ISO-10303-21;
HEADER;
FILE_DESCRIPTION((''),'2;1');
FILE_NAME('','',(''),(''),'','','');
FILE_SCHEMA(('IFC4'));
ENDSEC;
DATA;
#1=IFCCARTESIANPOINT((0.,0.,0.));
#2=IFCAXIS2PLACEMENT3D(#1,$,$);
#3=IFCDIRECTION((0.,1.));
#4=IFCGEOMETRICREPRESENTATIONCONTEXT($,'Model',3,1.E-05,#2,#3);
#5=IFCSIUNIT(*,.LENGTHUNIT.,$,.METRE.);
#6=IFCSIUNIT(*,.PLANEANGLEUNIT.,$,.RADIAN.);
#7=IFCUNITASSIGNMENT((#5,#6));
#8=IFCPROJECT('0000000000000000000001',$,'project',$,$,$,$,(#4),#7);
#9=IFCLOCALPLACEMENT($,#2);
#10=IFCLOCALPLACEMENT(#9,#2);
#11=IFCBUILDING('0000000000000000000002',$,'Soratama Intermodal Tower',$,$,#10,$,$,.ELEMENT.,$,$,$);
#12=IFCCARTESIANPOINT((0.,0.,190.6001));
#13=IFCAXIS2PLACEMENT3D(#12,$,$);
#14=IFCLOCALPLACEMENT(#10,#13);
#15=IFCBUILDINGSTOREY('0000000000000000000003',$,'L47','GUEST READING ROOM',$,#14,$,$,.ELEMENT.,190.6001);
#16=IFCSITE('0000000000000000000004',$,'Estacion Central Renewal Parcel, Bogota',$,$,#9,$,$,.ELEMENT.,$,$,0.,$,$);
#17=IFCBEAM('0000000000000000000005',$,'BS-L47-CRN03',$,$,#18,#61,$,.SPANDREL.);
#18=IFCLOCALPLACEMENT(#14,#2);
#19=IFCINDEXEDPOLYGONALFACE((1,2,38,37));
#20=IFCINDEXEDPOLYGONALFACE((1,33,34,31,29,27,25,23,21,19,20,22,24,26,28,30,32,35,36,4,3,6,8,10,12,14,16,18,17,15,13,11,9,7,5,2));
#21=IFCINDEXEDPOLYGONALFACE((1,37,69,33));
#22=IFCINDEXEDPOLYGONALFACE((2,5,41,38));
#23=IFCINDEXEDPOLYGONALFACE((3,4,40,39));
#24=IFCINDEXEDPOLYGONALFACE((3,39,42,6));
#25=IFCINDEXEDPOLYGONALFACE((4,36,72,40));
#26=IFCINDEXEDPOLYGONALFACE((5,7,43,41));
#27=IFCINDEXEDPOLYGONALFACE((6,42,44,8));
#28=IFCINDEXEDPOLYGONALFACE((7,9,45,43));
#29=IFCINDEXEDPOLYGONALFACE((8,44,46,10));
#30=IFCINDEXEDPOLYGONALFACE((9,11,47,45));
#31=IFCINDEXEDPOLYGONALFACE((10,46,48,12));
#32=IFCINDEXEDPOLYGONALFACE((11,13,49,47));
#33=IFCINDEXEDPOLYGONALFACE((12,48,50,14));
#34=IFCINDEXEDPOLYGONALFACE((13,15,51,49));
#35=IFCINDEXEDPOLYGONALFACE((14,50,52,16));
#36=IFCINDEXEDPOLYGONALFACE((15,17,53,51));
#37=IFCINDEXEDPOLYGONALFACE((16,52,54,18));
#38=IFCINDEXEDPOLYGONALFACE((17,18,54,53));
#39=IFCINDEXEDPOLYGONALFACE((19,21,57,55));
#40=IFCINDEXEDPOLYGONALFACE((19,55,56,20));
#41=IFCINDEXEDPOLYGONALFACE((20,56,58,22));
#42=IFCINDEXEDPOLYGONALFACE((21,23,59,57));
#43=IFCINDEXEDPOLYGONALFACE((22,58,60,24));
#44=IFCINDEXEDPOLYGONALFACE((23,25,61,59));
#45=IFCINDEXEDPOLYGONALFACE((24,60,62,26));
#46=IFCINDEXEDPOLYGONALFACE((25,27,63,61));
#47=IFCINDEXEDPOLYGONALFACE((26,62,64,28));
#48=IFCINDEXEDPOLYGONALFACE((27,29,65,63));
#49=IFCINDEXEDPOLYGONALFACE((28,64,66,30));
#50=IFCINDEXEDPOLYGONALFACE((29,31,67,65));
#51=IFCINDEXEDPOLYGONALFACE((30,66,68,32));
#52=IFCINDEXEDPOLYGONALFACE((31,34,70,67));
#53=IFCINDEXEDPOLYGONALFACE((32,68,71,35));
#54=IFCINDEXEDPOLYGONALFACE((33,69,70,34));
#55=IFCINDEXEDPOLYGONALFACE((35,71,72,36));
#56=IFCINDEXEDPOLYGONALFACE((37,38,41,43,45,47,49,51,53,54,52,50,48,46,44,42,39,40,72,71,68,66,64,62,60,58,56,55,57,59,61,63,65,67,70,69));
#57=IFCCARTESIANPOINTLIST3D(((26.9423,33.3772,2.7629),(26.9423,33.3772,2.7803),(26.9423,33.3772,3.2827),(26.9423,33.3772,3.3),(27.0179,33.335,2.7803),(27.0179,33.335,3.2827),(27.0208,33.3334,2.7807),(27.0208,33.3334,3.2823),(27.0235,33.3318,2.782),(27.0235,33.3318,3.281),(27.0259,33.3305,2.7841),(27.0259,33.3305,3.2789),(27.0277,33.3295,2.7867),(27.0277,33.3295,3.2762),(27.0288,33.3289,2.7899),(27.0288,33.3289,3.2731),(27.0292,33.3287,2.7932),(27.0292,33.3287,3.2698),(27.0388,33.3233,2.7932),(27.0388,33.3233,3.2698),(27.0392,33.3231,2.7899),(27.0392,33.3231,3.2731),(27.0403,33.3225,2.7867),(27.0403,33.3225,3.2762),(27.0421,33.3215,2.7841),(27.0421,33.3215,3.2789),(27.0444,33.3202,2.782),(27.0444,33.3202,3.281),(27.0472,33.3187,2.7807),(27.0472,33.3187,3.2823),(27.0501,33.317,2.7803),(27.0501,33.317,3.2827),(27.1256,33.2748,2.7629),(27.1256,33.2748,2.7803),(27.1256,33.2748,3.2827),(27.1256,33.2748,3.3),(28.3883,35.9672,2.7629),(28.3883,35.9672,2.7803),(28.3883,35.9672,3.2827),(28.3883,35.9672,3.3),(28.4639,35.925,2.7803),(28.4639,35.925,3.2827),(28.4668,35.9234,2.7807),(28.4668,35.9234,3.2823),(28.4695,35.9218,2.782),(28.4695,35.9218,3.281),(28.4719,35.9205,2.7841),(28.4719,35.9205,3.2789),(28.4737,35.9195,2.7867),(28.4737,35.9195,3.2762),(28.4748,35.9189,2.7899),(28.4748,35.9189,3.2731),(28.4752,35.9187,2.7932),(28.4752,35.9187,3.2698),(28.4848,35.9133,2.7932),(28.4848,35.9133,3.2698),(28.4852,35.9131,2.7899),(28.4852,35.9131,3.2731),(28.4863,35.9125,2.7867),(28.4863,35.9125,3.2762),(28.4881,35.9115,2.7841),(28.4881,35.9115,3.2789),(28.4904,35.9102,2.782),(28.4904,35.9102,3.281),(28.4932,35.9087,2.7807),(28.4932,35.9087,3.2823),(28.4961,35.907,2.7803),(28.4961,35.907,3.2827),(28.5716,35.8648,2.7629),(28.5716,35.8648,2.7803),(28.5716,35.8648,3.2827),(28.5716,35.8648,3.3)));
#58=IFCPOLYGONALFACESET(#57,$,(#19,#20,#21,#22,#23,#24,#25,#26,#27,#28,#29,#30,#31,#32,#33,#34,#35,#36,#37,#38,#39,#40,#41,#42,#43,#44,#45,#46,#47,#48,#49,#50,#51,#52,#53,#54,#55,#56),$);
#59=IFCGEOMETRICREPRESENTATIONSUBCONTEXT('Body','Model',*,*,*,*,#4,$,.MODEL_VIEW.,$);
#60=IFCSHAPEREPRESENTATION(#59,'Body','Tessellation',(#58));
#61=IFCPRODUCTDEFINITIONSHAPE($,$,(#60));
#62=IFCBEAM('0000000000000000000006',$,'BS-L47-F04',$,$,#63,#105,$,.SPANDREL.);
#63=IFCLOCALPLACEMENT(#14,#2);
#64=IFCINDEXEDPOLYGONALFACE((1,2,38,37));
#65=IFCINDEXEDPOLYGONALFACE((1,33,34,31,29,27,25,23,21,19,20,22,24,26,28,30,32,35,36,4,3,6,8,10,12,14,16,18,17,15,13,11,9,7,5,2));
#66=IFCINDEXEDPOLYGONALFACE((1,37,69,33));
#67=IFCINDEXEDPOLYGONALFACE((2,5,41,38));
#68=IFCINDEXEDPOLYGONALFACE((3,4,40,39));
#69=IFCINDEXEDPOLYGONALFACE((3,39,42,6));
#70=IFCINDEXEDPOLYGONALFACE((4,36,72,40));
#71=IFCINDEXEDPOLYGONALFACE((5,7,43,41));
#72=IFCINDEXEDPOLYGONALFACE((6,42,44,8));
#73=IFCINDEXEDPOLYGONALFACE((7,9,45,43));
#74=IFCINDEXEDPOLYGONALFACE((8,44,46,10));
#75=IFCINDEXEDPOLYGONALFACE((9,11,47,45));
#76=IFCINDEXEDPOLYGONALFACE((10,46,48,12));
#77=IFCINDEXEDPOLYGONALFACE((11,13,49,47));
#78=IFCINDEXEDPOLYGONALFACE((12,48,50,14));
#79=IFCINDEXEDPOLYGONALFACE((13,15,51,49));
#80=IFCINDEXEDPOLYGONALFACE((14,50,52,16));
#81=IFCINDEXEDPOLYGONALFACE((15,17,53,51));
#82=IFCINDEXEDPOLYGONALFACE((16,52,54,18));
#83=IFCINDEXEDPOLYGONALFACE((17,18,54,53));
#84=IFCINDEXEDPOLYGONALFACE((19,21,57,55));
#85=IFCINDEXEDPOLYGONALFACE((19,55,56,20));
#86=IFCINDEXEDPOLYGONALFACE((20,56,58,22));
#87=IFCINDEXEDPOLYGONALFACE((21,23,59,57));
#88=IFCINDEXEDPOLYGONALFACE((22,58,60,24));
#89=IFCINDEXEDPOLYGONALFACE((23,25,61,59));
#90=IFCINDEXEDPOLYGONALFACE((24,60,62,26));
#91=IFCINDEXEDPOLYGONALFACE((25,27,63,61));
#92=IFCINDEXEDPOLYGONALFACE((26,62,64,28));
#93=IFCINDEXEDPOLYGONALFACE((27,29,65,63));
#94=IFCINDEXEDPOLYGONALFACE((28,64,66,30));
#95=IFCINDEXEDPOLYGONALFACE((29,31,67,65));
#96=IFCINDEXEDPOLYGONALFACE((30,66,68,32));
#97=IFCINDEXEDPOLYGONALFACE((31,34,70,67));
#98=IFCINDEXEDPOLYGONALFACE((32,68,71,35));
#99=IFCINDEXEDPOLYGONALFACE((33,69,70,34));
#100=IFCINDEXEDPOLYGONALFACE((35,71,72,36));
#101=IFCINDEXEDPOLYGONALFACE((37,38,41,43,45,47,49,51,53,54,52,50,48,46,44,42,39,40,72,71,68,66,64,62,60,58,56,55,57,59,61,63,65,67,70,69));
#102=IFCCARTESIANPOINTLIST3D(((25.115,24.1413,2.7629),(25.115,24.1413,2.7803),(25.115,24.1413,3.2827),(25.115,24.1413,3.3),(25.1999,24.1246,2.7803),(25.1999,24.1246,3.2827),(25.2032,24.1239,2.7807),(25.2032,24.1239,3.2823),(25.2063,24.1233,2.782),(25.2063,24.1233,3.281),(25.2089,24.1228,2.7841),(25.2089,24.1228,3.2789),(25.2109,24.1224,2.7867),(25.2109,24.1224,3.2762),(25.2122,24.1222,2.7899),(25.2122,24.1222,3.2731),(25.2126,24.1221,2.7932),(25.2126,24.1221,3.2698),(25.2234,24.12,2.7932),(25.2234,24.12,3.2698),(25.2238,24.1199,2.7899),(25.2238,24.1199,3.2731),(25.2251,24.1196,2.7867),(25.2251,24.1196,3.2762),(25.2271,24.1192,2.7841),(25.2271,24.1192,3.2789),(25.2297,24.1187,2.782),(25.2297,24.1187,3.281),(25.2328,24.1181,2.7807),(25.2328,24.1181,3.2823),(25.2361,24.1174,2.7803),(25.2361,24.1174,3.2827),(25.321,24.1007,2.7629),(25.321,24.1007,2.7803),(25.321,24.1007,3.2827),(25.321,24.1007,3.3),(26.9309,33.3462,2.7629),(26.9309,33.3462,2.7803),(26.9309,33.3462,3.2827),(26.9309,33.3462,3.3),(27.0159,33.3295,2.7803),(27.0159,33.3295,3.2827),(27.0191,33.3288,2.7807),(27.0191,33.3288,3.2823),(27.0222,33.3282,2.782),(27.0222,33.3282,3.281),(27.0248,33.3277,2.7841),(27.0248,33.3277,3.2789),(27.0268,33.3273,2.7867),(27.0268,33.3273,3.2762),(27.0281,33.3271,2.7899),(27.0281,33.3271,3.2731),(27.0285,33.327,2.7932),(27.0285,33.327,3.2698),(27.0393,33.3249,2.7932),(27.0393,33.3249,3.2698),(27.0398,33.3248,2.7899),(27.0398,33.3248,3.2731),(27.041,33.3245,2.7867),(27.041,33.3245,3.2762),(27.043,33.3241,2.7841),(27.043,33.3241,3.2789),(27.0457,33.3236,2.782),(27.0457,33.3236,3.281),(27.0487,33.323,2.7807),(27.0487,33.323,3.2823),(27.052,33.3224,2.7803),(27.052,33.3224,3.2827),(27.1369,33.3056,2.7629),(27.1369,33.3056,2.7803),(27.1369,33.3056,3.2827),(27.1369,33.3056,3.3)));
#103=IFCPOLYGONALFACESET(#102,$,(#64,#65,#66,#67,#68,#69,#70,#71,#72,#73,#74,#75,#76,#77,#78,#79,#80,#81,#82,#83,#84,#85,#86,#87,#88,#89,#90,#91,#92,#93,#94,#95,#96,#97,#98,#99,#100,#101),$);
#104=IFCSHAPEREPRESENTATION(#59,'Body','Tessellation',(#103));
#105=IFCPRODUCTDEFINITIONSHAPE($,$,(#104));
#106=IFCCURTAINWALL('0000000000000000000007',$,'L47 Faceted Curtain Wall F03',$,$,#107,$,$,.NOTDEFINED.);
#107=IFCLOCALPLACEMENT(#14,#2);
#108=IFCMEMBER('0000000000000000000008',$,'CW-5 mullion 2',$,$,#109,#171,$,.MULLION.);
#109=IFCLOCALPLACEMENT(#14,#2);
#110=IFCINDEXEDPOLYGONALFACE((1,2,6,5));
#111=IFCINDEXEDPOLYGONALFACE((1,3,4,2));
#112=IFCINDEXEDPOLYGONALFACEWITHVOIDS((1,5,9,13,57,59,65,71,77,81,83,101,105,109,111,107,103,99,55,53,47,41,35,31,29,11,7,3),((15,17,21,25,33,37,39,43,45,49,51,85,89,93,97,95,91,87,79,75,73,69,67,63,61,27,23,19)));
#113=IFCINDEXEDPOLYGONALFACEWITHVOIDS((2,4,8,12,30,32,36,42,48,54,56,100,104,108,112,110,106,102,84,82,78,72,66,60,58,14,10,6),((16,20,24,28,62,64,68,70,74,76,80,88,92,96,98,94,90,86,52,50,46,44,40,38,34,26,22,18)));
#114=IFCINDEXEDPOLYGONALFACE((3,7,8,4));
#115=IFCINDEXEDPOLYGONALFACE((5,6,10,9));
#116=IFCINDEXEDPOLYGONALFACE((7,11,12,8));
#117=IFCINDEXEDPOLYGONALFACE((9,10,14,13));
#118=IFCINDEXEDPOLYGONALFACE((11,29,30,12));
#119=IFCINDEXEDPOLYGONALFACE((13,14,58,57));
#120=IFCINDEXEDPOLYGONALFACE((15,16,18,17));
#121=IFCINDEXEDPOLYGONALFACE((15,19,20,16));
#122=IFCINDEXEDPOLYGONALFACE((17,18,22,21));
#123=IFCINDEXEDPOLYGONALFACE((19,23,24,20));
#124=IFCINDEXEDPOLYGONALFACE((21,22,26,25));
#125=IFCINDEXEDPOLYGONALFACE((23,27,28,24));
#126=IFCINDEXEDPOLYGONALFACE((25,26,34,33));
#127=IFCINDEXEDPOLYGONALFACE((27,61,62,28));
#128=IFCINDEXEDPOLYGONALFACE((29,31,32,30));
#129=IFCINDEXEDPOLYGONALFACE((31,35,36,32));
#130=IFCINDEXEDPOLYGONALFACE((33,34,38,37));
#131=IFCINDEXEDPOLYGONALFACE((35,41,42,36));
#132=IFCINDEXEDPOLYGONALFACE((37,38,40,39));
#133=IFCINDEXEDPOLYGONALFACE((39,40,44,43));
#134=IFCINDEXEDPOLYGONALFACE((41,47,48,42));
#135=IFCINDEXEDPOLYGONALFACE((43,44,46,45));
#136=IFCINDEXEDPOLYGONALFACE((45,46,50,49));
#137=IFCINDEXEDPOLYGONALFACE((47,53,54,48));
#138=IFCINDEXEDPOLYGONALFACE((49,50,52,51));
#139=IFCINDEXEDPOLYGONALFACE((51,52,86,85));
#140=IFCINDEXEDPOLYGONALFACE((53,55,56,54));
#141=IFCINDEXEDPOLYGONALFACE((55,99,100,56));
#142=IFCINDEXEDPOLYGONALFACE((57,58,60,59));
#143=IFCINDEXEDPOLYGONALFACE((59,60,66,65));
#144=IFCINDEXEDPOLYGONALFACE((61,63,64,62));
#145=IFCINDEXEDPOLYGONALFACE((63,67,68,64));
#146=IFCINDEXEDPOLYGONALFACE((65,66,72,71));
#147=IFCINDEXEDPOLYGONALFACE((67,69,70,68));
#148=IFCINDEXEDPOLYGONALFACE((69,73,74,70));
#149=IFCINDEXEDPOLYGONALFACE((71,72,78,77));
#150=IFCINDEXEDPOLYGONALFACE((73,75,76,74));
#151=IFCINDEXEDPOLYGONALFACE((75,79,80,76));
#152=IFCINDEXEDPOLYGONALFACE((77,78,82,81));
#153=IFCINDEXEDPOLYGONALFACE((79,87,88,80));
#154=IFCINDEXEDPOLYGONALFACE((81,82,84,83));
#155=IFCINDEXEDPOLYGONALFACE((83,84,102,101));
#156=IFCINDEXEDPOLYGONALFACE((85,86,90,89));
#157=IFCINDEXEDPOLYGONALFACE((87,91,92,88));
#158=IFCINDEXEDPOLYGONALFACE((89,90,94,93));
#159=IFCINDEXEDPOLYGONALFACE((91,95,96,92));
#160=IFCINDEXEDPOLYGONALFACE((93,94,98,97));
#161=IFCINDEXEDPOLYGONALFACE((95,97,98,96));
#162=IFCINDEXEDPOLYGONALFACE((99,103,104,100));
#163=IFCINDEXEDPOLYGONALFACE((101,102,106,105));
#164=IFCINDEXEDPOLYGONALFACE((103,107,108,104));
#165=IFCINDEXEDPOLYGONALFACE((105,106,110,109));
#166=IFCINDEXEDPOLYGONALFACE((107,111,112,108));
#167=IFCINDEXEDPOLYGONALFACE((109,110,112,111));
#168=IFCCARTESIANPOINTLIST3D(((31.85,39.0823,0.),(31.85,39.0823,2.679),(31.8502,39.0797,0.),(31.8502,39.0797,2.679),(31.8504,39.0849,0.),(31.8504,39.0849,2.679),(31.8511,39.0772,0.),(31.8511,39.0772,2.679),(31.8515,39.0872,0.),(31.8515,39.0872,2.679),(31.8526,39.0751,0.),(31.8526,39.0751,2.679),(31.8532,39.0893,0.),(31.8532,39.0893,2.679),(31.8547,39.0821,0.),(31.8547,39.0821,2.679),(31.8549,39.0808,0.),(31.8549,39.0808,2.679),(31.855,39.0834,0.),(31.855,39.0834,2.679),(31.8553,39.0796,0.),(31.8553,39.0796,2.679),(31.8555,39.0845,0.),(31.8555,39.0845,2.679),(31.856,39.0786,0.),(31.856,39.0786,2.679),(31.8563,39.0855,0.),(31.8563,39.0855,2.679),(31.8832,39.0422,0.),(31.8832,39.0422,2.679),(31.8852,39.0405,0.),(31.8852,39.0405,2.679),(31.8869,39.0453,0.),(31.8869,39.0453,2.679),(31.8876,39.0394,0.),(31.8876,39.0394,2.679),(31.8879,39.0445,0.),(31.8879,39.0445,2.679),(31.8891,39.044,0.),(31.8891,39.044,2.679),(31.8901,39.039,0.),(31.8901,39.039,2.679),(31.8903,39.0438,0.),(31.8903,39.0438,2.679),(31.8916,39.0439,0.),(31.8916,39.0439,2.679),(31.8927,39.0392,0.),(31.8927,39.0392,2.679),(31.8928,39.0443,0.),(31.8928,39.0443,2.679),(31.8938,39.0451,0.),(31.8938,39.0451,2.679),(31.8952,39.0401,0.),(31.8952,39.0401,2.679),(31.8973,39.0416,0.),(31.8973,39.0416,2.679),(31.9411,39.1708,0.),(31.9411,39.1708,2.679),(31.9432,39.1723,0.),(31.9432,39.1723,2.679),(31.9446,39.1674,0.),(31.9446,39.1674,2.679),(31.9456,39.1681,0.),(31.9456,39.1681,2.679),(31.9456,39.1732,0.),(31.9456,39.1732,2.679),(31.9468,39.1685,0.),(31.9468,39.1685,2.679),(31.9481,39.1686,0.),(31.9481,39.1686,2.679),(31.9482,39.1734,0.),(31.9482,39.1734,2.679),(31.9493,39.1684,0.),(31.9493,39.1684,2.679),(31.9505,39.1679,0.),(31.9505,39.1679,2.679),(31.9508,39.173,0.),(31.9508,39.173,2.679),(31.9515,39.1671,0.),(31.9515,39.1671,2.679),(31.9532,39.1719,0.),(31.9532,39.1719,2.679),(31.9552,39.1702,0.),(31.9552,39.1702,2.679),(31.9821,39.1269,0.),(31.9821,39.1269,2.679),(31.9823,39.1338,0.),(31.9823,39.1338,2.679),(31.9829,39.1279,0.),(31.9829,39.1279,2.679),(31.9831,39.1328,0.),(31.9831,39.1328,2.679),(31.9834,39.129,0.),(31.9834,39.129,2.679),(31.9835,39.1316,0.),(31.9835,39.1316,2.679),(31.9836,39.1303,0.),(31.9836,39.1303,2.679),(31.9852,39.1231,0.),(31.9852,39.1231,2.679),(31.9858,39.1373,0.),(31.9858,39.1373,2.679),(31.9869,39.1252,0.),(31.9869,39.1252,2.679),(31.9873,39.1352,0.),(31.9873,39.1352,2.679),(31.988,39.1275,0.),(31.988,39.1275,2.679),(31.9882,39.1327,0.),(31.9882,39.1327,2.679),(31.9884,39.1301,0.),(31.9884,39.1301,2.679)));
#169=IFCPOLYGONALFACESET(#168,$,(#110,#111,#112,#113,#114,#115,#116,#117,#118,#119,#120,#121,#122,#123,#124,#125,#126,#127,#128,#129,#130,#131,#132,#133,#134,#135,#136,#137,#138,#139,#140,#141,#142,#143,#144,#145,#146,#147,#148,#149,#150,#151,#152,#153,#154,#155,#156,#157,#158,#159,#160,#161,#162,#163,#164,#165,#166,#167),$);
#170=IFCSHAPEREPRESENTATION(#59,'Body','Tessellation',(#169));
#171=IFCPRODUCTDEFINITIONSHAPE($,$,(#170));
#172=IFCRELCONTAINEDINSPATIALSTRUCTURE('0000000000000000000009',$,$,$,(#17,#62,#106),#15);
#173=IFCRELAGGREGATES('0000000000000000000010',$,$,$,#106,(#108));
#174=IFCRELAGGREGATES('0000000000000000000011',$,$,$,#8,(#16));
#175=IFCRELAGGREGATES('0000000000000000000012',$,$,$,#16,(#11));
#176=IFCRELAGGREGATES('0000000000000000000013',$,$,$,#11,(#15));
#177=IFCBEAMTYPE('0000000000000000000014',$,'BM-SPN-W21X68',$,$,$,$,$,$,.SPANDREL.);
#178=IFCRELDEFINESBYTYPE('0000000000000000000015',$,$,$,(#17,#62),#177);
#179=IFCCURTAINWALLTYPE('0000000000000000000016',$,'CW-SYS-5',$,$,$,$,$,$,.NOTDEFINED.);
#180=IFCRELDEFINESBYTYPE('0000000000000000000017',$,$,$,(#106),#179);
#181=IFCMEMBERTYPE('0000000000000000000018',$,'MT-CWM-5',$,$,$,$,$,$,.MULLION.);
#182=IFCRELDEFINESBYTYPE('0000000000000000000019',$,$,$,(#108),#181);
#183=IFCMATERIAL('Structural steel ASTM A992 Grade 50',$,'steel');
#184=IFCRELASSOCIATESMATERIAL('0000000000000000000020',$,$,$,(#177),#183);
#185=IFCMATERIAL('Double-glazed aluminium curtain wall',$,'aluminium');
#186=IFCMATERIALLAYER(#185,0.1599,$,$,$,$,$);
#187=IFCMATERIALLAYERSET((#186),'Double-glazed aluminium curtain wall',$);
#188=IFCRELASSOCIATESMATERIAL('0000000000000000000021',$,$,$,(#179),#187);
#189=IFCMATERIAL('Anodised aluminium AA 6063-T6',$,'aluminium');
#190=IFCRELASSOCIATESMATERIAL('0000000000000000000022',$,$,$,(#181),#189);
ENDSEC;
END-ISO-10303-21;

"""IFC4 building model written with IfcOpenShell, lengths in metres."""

from ifc_helpers import new_model, si_unit, direction, frame, origin, origin_2d, place, context, subcontext, project, spatial, hollow_rectangle, i_section, extrude, material, layer, layer_set, material_profile, profile_set, type_object, element, aggregate, save


model = new_model("IFC4")

# Units and contexts
model_context = context("Model", 3, precision=1e-05, world=origin(), true_north=direction((0.0, 1.0)))
body_context = subcontext(model_context, "Body", "Model", "MODEL_VIEW")
ifc_project = project(units=[si_unit("LENGTHUNIT", "METRE"), si_unit("PLANEANGLEUNIT", "RADIAN")], contexts=[model_context])

# Site, building, storey
site_placement = place(None, origin())
site = spatial("IfcSite", under=ifc_project, at=site_placement, Name="Estacion Central Renewal Parcel, Bogota", CompositionType="ELEMENT", RefElevation=0.0)
building_placement = place(site_placement, origin())
building = spatial("IfcBuilding", under=site, at=building_placement, Name="Soratama Intermodal Tower", CompositionType="ELEMENT")
storey_placement = place(building_placement, frame((0.0, 0.0, 190.6001)))
storey = spatial("IfcBuildingStorey", under=building, at=storey_placement, Name="L47", Description="GUEST READING ROOM", CompositionType="ELEMENT", Elevation=190.6001)

# Beams
ifc_material_1 = material(Name="Structural steel ASTM A992 Grade 50", Category="steel")
ifc_material_profile_1 = material_profile(ifc_material_1, i_section(OverallWidth=0.21, OverallDepth=0.5371, WebThickness=0.011, FlangeThickness=0.0173, FilletRadius=0.0129, at=origin_2d()), Name="W21X68")
ifc_profile_set_1 = profile_set([ifc_material_profile_1], Name="Structural steel ASTM A992 Grade 50")
beam_type_1 = type_object("IfcBeamType", Name="BM-SPN-W21X68", PredefinedType="SPANDREL", material=ifc_profile_set_1)
beam_1_placement = place(storey_placement, frame((28.48, 35.916, 3.0315), z_axis=(-0.487473, -0.873138, 0.0), x_axis=(0.873138, -0.487473, 0.0)))
element("IfcBeam", 1, at=beam_1_placement, inside=storey, type_object=beam_type_1, Name="BS-L47-CRN03", PredefinedType="SPANDREL", context=body_context, shape_type="SweptSolid", body=[
    extrude(i_section(OverallWidth=0.21, OverallDepth=0.5371, WebThickness=0.011, FlangeThickness=0.0173, FilletRadius=0.0129, at=origin_2d()), origin(), (0.0, 0.0, 1.0), 2.9663),
])
beam_2_placement = place(storey_placement, frame((27.0339, 33.3259, 3.0315), z_axis=(-0.193548, -0.981091, 0.0), x_axis=(0.981091, -0.193548, 0.0)))
element("IfcBeam", 2, at=beam_2_placement, inside=storey, type_object=beam_type_1, Name="BS-L47-F04", PredefinedType="SPANDREL", context=body_context, shape_type="SweptSolid", body=[
    extrude(i_section(OverallWidth=0.21, OverallDepth=0.5371, WebThickness=0.011, FlangeThickness=0.0173, FilletRadius=0.0129, at=origin_2d()), origin(), (0.0, 0.0, 1.0), 9.3823),
])

# Curtain wall, member
ifc_material_2 = material(Name="Double-glazed aluminium curtain wall", Category="aluminium")
ifc_layer_1 = layer(ifc_material_2, 0.1599)
ifc_layer_set_1 = layer_set([ifc_layer_1], Name="Double-glazed aluminium curtain wall")
curtain_wall_type = type_object("IfcCurtainWallType", Name="CW-SYS-5", PredefinedType="NOTDEFINED", material=ifc_layer_set_1)
curtain_wall_placement = place(storey_placement, origin())
curtain_wall = element("IfcCurtainWall", 3, at=curtain_wall_placement, inside=storey, type_object=curtain_wall_type, Name="L47 Faceted Curtain Wall F03", PredefinedType="NOTDEFINED")
ifc_material_3 = material(Name="Anodised aluminium AA 6063-T6", Category="aluminium")
ifc_material_profile_2 = material_profile(ifc_material_3, hollow_rectangle(XDim=0.0649, YDim=0.1399, WallThickness=0.0049, InnerFilletRadius=0.0049, OuterFilletRadius=0.01, at=origin_2d()), Name="CWM140X65X5")
ifc_profile_set_2 = profile_set([ifc_material_profile_2], Name="Anodised aluminium AA 6063-T6")
member_type_1 = type_object("IfcMemberType", Name="MT-CWM-5", PredefinedType="MULLION", material=ifc_profile_set_2)
member_1_placement = place(storey_placement, frame((31.9192, 39.1062, 0.0), z_axis=(0.0, 0.0, 1.0), x_axis=(0.679958, -0.733251, 0.0)))
member_1 = element("IfcMember", 4, at=member_1_placement, type_object=member_type_1, Name="CW-5 mullion 2", PredefinedType="MULLION", context=body_context, shape_type="SweptSolid", body=[
    extrude(hollow_rectangle(XDim=0.0649, YDim=0.1399, WallThickness=0.0049, InnerFilletRadius=0.0049, OuterFilletRadius=0.01, at=origin_2d()), origin(), (0.0, 0.0, 1.0), 2.679),
])
aggregate(curtain_wall, [member_1])

save(model, "model.ifc")
